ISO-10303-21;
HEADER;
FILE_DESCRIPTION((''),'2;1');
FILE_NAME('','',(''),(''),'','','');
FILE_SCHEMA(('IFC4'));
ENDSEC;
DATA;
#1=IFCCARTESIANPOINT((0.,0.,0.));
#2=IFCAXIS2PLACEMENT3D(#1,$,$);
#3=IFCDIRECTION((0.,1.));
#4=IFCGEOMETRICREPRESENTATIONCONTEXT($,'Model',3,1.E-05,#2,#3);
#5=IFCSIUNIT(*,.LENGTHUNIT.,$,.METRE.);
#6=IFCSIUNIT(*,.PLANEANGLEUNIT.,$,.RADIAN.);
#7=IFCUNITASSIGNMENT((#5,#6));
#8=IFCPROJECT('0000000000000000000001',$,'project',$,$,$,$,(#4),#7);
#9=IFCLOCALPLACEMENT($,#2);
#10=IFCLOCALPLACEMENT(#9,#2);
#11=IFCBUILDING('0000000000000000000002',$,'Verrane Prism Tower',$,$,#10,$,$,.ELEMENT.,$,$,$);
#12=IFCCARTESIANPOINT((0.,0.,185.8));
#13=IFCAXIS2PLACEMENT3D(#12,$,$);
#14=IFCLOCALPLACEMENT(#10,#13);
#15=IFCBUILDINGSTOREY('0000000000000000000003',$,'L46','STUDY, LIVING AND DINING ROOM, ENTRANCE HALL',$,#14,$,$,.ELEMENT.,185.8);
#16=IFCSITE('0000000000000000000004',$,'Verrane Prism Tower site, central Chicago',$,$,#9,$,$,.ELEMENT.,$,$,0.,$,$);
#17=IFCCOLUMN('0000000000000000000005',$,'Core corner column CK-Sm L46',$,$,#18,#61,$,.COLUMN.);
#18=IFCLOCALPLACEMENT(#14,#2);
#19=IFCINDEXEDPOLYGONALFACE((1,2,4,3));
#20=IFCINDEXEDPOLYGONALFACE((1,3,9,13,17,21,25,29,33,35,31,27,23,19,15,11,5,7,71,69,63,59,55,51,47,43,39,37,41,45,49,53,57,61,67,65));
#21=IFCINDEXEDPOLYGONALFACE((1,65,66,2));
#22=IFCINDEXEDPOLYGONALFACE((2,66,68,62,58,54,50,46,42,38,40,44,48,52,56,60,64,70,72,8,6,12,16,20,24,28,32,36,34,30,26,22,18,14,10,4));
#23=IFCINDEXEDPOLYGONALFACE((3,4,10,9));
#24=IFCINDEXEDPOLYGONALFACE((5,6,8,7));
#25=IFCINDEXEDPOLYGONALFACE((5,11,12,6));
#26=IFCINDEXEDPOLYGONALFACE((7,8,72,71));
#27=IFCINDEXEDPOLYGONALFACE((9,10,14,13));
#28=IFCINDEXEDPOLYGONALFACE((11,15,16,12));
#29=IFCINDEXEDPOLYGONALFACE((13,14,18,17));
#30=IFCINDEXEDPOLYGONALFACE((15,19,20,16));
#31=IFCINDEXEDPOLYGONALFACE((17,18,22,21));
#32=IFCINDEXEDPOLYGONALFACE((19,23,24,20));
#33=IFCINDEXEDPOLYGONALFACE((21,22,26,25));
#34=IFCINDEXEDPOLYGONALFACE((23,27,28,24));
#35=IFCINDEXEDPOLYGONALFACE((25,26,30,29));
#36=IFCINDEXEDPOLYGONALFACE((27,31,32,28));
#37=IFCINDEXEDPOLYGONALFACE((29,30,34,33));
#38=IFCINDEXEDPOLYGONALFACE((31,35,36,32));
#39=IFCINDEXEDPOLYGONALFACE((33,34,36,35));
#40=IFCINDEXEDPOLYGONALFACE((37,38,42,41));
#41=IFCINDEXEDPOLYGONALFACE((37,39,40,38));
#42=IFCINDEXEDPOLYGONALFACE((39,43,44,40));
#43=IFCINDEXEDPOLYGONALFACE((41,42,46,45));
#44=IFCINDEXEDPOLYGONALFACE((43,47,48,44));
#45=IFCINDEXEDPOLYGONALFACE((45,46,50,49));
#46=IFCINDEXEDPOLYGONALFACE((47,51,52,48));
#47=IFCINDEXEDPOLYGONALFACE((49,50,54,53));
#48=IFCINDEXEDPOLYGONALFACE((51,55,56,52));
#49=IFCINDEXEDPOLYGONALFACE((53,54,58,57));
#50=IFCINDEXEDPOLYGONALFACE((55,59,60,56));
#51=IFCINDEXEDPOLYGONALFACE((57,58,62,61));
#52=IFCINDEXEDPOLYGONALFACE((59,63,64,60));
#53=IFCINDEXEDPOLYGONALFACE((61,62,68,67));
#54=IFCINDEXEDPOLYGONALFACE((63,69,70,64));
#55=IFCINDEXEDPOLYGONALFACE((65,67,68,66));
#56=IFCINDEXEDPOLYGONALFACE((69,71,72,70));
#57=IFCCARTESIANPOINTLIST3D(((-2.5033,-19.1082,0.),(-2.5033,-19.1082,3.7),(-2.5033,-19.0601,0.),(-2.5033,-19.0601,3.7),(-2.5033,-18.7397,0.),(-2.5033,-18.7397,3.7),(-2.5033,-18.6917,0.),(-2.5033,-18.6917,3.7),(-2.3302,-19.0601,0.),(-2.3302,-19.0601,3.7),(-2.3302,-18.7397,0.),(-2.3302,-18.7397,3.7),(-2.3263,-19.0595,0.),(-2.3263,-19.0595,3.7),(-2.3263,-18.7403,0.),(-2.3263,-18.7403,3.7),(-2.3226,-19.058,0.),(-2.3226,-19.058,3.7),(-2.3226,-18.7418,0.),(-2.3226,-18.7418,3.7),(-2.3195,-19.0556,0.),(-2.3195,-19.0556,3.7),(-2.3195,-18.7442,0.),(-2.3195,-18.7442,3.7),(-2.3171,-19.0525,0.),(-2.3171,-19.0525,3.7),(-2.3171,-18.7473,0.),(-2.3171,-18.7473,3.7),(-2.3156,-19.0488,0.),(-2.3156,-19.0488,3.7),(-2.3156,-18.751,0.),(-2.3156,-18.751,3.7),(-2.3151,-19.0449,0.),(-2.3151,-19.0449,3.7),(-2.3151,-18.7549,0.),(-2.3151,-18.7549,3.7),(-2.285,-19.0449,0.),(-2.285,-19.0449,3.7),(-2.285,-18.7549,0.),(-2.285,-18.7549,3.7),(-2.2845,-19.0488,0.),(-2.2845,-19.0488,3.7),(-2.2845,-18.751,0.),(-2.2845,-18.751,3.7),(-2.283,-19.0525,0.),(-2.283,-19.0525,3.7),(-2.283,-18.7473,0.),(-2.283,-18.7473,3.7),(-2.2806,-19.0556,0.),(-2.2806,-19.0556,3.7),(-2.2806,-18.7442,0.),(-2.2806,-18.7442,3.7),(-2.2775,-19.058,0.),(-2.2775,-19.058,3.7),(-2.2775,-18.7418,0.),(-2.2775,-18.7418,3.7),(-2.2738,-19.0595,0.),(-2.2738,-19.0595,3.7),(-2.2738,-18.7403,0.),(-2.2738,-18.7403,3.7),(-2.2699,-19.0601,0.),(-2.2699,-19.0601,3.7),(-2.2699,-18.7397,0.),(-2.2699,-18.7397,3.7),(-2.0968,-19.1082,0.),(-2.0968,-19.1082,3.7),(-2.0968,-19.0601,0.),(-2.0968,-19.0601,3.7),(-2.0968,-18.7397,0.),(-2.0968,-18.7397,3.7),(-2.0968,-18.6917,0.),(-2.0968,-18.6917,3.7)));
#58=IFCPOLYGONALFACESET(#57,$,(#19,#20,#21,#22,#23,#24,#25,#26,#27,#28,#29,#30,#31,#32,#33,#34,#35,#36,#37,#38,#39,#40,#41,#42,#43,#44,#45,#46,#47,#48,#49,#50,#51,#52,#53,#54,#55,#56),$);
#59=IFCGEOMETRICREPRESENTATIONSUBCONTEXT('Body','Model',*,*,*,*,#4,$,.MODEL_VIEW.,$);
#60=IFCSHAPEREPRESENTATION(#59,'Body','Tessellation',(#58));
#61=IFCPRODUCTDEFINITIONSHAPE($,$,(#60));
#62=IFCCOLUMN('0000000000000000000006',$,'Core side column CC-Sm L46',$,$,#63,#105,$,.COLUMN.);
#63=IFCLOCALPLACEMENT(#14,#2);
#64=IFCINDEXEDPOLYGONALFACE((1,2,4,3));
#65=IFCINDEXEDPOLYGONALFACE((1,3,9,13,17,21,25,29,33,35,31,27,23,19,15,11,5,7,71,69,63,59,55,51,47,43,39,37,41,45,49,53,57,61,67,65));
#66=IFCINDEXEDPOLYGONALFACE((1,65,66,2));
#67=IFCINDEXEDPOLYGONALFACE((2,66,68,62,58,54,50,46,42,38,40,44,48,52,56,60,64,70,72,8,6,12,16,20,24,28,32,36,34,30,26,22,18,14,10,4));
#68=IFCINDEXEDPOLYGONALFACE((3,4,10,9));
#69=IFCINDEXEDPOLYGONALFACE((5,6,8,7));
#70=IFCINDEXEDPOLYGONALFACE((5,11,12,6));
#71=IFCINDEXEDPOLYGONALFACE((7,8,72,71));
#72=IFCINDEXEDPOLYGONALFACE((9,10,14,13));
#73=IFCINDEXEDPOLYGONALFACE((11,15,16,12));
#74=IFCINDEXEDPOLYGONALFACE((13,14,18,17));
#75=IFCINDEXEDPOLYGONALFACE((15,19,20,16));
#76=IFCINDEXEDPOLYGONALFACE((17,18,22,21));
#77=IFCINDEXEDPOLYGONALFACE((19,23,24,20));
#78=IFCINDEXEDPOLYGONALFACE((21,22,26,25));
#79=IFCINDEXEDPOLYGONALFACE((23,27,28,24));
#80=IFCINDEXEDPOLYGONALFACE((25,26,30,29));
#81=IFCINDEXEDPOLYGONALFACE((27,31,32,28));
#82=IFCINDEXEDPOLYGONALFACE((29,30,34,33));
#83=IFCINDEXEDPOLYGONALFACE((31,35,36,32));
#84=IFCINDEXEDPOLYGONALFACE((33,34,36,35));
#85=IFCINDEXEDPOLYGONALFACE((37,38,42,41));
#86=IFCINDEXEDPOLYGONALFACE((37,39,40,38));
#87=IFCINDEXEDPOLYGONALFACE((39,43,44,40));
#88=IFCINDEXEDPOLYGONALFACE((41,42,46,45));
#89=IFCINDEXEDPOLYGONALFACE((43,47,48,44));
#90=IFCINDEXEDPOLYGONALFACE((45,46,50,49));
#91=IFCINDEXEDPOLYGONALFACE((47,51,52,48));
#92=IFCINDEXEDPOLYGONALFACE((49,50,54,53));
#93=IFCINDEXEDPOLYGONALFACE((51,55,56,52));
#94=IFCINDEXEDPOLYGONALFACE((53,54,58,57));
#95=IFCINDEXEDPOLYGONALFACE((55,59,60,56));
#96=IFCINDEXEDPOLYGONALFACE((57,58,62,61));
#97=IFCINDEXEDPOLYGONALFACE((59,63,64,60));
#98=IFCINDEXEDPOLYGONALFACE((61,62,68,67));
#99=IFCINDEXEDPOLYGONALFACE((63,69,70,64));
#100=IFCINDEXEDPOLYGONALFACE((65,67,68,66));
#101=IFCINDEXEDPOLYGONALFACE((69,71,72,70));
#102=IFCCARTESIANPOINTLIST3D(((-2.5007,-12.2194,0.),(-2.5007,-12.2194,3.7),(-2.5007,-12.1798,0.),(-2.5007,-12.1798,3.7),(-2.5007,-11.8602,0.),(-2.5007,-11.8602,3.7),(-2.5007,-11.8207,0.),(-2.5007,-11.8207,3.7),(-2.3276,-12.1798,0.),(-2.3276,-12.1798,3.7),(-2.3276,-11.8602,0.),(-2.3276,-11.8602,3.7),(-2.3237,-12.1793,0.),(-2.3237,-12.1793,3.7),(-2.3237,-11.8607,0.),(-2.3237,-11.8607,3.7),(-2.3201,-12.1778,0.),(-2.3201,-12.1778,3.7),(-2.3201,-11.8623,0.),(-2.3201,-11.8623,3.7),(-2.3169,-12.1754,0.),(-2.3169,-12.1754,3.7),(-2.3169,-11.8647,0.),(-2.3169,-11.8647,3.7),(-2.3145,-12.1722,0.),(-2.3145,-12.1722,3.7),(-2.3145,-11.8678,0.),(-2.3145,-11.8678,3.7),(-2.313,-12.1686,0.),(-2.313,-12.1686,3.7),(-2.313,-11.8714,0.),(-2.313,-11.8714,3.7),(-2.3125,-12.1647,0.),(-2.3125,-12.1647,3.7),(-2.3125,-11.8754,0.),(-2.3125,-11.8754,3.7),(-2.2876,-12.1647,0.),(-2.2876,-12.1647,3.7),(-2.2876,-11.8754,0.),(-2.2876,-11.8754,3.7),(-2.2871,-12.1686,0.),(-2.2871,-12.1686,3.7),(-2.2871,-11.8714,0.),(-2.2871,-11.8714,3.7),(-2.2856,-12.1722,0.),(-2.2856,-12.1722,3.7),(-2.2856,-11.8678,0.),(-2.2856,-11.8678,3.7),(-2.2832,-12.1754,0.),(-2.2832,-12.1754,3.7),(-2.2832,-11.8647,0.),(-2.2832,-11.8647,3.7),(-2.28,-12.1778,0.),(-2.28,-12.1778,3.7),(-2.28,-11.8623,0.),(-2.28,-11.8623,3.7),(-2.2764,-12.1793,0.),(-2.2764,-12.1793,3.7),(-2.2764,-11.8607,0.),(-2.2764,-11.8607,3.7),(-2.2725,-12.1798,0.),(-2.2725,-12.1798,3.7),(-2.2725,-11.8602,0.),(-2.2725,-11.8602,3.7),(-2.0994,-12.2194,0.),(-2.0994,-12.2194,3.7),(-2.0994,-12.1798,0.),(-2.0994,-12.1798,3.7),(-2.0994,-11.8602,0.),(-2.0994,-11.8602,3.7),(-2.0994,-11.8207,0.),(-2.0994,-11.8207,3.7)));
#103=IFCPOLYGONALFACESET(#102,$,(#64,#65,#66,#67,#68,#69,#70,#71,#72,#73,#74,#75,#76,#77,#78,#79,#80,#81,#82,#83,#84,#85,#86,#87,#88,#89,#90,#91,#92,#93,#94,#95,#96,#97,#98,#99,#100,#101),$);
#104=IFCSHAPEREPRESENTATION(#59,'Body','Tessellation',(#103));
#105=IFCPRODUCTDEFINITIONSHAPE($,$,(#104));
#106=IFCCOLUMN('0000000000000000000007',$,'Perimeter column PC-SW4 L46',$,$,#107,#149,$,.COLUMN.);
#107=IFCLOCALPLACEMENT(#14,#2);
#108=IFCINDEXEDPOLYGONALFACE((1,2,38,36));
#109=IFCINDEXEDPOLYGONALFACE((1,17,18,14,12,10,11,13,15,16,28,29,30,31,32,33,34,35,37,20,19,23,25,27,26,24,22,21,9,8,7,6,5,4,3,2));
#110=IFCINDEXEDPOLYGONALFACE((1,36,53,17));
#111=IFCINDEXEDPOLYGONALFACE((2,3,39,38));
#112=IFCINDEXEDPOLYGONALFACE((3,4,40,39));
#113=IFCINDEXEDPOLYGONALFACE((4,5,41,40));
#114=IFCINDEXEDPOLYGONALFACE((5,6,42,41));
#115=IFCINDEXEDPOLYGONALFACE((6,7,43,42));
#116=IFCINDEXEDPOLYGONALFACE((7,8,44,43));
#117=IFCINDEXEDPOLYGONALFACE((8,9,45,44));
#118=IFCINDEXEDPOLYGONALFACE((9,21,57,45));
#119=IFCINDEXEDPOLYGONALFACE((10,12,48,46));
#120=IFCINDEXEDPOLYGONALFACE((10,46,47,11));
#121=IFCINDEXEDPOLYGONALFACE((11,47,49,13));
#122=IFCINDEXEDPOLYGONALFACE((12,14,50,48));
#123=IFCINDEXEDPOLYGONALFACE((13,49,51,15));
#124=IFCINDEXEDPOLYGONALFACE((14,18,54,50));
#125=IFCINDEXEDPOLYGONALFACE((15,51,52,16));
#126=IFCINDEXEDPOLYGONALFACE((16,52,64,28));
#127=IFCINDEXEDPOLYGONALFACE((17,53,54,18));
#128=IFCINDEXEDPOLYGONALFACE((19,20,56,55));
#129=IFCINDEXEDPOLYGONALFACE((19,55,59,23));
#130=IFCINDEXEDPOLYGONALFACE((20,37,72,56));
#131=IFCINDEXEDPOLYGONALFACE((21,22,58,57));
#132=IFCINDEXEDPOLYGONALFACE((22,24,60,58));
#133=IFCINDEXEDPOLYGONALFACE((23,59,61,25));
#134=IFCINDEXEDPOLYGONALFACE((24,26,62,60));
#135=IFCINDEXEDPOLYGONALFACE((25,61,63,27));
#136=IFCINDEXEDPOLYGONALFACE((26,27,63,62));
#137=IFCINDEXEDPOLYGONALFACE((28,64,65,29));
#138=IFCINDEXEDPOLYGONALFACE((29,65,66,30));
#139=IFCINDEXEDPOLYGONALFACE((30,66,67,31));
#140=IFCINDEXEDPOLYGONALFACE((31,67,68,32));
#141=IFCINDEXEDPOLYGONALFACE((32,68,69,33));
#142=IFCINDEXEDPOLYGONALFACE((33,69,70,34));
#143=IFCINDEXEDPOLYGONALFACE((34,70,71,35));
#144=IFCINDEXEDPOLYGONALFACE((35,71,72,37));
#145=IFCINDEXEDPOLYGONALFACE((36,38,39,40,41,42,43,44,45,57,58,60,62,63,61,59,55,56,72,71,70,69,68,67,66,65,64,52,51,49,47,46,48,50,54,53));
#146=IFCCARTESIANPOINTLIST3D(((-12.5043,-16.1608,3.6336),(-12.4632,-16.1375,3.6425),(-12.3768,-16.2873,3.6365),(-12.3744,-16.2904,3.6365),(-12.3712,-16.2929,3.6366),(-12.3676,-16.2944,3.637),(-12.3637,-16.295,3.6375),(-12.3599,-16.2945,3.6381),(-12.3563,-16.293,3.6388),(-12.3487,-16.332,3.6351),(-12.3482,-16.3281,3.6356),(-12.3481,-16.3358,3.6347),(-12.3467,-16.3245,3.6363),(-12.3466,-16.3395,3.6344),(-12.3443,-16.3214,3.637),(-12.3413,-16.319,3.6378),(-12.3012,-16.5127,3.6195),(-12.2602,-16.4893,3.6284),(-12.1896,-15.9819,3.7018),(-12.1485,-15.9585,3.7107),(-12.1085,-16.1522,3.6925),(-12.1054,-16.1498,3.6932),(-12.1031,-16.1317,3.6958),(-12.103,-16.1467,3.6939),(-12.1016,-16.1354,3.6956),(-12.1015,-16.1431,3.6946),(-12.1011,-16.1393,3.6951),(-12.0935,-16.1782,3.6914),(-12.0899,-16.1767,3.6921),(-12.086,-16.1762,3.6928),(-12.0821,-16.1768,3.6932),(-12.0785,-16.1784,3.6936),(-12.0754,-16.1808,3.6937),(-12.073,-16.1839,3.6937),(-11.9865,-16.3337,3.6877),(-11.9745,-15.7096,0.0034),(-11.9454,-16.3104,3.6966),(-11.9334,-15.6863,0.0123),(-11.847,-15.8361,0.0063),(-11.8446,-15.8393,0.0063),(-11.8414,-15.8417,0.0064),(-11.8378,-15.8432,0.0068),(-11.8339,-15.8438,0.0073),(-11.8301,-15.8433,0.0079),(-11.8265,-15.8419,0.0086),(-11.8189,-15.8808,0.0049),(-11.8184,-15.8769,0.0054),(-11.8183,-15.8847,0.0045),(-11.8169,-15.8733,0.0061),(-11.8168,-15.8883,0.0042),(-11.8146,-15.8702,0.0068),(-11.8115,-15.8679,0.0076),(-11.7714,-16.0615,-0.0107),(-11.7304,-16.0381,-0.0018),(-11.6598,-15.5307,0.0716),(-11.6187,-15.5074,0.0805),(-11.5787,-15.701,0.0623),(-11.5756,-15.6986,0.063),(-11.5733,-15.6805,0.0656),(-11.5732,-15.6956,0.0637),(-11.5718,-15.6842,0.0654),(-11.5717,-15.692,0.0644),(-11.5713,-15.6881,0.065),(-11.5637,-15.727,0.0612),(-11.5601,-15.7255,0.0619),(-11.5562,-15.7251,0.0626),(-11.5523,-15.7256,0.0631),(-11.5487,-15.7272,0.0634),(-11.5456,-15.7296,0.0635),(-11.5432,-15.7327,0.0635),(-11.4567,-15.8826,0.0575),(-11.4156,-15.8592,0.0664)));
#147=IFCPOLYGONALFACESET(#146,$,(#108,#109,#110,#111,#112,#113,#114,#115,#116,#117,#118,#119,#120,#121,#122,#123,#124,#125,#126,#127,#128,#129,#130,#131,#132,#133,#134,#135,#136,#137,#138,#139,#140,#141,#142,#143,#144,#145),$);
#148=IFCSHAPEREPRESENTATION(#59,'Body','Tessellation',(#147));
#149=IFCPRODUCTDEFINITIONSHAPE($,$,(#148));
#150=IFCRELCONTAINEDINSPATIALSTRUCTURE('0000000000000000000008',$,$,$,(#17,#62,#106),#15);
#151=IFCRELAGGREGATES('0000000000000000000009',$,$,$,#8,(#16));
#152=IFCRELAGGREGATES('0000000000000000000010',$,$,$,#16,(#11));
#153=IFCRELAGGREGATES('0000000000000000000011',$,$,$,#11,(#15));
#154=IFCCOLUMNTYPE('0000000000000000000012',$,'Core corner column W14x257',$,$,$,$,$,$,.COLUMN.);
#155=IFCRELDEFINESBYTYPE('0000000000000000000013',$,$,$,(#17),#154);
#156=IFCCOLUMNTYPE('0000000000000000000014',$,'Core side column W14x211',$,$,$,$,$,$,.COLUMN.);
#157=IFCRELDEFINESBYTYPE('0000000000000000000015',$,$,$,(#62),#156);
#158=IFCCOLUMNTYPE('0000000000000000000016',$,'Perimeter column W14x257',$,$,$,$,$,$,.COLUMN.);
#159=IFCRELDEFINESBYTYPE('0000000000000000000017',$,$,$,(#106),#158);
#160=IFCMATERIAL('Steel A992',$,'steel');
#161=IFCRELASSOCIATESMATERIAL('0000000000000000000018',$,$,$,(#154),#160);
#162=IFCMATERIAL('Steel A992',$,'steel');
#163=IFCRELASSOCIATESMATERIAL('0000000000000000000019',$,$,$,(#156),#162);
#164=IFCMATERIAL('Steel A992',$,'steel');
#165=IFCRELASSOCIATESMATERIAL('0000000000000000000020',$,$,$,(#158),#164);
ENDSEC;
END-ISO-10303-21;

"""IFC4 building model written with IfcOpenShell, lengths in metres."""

from ifc_helpers import new_model, si_unit, direction, frame, origin, origin_2d, place, context, subcontext, project, spatial, i_section, extrude, material, material_profile, profile_set, type_object, element, save


model = new_model("IFC4")

# Units and contexts
model_context = context("Model", 3, precision=1e-05, world=origin(), true_north=direction((0.0, 1.0)))
body_context = subcontext(model_context, "Body", "Model", "MODEL_VIEW")
ifc_project = project(units=[si_unit("LENGTHUNIT", "METRE"), si_unit("PLANEANGLEUNIT", "RADIAN")], contexts=[model_context])

# Site, building, storey
site_placement = place(None, origin())
site = spatial("IfcSite", under=ifc_project, at=site_placement, Name="Verrane Prism Tower site, central Chicago", CompositionType="ELEMENT", RefElevation=0.0)
building_placement = place(site_placement, origin())
building = spatial("IfcBuilding", under=site, at=building_placement, Name="Verrane Prism Tower", CompositionType="ELEMENT")
storey_placement = place(building_placement, frame((0.0, 0.0, 185.8)))
storey = spatial("IfcBuildingStorey", under=building, at=storey_placement, Name="L46", Description="STUDY, LIVING AND DINING ROOM, ENTRANCE HALL", CompositionType="ELEMENT", Elevation=185.8)

# Columns
ifc_material_1 = material(Name="Steel A992", Category="steel")
ifc_material_profile_1 = material_profile(ifc_material_1, i_section(OverallWidth=0.4065, OverallDepth=0.4165, WebThickness=0.03, FlangeThickness=0.0481, FilletRadius=0.0151, at=origin_2d()), Name="W14x257")
ifc_profile_set_1 = profile_set([ifc_material_profile_1], Name="Steel A992")
column_type_1 = type_object("IfcColumnType", Name="Core corner column W14x257", PredefinedType="COLUMN", material=ifc_profile_set_1)
column_1_placement = place(storey_placement, frame((-2.3, -18.8999, 0.0), z_axis=(0.0, 0.0, 1.0), x_axis=(-1.0, 0.0, 0.0)))
element("IfcColumn", 1, at=column_1_placement, inside=storey, type_object=column_type_1, Name="Core corner column CK-Sm L46", PredefinedType="COLUMN", context=body_context, shape_type="SweptSolid", body=[
    extrude(i_section(OverallWidth=0.4065, OverallDepth=0.4165, WebThickness=0.03, FlangeThickness=0.0481, FilletRadius=0.0151, at=origin_2d()), origin(), (0.0, 0.0, 1.0), 3.7),
])
ifc_material_2 = material(Name="Steel A992", Category="steel")
ifc_material_profile_2 = material_profile(ifc_material_2, i_section(OverallWidth=0.4014, OverallDepth=0.3987, WebThickness=0.0249, FlangeThickness=0.0396, FilletRadius=0.0151, at=origin_2d()), Name="W14x211")
ifc_profile_set_2 = profile_set([ifc_material_profile_2], Name="Steel A992")
column_type_2 = type_object("IfcColumnType", Name="Core side column W14x211", PredefinedType="COLUMN", material=ifc_profile_set_2)
column_2_placement = place(storey_placement, frame((-2.3, -12.02, 0.0), z_axis=(0.0, 0.0, 1.0), x_axis=(1.0, 0.0, 0.0)))
element("IfcColumn", 2, at=column_2_placement, inside=storey, type_object=column_type_2, Name="Core side column CC-Sm L46", PredefinedType="COLUMN", context=body_context, shape_type="SweptSolid", body=[
    extrude(i_section(OverallWidth=0.4014, OverallDepth=0.3987, WebThickness=0.0249, FlangeThickness=0.0396, FilletRadius=0.0151, at=origin_2d()), origin(), (0.0, 0.0, 1.0), 3.7),
])
ifc_material_3 = material(Name="Steel A992", Category="steel")
ifc_material_profile_3 = material_profile(ifc_material_3, i_section(OverallWidth=0.4065, OverallDepth=0.4165, WebThickness=0.03, FlangeThickness=0.0481, FilletRadius=0.0151, at=origin_2d()), Name="W14x257")
ifc_profile_set_3 = profile_set([ifc_material_profile_3], Name="Steel A992")
column_type_3 = type_object("IfcColumnType", Name="Perimeter column W14x257", PredefinedType="COLUMN", material=ifc_profile_set_3)
column_3_placement = place(storey_placement, frame((-11.6951, -15.7844, 0.0349), z_axis=(-0.143332, -0.122063, 0.982118), x_axis=(-0.499579, 0.865575, 0.034669)))
element("IfcColumn", 3, at=column_3_placement, inside=storey, type_object=column_type_3, Name="Perimeter column PC-SW4 L46", PredefinedType="COLUMN", context=body_context, shape_type="SweptSolid", body=[
    extrude(i_section(OverallWidth=0.4065, OverallDepth=0.4165, WebThickness=0.03, FlangeThickness=0.0481, FilletRadius=0.0151, at=origin_2d()), origin(), (0.0, 0.0, 1.0), 3.6963),
])

save(model, "model.ifc")
